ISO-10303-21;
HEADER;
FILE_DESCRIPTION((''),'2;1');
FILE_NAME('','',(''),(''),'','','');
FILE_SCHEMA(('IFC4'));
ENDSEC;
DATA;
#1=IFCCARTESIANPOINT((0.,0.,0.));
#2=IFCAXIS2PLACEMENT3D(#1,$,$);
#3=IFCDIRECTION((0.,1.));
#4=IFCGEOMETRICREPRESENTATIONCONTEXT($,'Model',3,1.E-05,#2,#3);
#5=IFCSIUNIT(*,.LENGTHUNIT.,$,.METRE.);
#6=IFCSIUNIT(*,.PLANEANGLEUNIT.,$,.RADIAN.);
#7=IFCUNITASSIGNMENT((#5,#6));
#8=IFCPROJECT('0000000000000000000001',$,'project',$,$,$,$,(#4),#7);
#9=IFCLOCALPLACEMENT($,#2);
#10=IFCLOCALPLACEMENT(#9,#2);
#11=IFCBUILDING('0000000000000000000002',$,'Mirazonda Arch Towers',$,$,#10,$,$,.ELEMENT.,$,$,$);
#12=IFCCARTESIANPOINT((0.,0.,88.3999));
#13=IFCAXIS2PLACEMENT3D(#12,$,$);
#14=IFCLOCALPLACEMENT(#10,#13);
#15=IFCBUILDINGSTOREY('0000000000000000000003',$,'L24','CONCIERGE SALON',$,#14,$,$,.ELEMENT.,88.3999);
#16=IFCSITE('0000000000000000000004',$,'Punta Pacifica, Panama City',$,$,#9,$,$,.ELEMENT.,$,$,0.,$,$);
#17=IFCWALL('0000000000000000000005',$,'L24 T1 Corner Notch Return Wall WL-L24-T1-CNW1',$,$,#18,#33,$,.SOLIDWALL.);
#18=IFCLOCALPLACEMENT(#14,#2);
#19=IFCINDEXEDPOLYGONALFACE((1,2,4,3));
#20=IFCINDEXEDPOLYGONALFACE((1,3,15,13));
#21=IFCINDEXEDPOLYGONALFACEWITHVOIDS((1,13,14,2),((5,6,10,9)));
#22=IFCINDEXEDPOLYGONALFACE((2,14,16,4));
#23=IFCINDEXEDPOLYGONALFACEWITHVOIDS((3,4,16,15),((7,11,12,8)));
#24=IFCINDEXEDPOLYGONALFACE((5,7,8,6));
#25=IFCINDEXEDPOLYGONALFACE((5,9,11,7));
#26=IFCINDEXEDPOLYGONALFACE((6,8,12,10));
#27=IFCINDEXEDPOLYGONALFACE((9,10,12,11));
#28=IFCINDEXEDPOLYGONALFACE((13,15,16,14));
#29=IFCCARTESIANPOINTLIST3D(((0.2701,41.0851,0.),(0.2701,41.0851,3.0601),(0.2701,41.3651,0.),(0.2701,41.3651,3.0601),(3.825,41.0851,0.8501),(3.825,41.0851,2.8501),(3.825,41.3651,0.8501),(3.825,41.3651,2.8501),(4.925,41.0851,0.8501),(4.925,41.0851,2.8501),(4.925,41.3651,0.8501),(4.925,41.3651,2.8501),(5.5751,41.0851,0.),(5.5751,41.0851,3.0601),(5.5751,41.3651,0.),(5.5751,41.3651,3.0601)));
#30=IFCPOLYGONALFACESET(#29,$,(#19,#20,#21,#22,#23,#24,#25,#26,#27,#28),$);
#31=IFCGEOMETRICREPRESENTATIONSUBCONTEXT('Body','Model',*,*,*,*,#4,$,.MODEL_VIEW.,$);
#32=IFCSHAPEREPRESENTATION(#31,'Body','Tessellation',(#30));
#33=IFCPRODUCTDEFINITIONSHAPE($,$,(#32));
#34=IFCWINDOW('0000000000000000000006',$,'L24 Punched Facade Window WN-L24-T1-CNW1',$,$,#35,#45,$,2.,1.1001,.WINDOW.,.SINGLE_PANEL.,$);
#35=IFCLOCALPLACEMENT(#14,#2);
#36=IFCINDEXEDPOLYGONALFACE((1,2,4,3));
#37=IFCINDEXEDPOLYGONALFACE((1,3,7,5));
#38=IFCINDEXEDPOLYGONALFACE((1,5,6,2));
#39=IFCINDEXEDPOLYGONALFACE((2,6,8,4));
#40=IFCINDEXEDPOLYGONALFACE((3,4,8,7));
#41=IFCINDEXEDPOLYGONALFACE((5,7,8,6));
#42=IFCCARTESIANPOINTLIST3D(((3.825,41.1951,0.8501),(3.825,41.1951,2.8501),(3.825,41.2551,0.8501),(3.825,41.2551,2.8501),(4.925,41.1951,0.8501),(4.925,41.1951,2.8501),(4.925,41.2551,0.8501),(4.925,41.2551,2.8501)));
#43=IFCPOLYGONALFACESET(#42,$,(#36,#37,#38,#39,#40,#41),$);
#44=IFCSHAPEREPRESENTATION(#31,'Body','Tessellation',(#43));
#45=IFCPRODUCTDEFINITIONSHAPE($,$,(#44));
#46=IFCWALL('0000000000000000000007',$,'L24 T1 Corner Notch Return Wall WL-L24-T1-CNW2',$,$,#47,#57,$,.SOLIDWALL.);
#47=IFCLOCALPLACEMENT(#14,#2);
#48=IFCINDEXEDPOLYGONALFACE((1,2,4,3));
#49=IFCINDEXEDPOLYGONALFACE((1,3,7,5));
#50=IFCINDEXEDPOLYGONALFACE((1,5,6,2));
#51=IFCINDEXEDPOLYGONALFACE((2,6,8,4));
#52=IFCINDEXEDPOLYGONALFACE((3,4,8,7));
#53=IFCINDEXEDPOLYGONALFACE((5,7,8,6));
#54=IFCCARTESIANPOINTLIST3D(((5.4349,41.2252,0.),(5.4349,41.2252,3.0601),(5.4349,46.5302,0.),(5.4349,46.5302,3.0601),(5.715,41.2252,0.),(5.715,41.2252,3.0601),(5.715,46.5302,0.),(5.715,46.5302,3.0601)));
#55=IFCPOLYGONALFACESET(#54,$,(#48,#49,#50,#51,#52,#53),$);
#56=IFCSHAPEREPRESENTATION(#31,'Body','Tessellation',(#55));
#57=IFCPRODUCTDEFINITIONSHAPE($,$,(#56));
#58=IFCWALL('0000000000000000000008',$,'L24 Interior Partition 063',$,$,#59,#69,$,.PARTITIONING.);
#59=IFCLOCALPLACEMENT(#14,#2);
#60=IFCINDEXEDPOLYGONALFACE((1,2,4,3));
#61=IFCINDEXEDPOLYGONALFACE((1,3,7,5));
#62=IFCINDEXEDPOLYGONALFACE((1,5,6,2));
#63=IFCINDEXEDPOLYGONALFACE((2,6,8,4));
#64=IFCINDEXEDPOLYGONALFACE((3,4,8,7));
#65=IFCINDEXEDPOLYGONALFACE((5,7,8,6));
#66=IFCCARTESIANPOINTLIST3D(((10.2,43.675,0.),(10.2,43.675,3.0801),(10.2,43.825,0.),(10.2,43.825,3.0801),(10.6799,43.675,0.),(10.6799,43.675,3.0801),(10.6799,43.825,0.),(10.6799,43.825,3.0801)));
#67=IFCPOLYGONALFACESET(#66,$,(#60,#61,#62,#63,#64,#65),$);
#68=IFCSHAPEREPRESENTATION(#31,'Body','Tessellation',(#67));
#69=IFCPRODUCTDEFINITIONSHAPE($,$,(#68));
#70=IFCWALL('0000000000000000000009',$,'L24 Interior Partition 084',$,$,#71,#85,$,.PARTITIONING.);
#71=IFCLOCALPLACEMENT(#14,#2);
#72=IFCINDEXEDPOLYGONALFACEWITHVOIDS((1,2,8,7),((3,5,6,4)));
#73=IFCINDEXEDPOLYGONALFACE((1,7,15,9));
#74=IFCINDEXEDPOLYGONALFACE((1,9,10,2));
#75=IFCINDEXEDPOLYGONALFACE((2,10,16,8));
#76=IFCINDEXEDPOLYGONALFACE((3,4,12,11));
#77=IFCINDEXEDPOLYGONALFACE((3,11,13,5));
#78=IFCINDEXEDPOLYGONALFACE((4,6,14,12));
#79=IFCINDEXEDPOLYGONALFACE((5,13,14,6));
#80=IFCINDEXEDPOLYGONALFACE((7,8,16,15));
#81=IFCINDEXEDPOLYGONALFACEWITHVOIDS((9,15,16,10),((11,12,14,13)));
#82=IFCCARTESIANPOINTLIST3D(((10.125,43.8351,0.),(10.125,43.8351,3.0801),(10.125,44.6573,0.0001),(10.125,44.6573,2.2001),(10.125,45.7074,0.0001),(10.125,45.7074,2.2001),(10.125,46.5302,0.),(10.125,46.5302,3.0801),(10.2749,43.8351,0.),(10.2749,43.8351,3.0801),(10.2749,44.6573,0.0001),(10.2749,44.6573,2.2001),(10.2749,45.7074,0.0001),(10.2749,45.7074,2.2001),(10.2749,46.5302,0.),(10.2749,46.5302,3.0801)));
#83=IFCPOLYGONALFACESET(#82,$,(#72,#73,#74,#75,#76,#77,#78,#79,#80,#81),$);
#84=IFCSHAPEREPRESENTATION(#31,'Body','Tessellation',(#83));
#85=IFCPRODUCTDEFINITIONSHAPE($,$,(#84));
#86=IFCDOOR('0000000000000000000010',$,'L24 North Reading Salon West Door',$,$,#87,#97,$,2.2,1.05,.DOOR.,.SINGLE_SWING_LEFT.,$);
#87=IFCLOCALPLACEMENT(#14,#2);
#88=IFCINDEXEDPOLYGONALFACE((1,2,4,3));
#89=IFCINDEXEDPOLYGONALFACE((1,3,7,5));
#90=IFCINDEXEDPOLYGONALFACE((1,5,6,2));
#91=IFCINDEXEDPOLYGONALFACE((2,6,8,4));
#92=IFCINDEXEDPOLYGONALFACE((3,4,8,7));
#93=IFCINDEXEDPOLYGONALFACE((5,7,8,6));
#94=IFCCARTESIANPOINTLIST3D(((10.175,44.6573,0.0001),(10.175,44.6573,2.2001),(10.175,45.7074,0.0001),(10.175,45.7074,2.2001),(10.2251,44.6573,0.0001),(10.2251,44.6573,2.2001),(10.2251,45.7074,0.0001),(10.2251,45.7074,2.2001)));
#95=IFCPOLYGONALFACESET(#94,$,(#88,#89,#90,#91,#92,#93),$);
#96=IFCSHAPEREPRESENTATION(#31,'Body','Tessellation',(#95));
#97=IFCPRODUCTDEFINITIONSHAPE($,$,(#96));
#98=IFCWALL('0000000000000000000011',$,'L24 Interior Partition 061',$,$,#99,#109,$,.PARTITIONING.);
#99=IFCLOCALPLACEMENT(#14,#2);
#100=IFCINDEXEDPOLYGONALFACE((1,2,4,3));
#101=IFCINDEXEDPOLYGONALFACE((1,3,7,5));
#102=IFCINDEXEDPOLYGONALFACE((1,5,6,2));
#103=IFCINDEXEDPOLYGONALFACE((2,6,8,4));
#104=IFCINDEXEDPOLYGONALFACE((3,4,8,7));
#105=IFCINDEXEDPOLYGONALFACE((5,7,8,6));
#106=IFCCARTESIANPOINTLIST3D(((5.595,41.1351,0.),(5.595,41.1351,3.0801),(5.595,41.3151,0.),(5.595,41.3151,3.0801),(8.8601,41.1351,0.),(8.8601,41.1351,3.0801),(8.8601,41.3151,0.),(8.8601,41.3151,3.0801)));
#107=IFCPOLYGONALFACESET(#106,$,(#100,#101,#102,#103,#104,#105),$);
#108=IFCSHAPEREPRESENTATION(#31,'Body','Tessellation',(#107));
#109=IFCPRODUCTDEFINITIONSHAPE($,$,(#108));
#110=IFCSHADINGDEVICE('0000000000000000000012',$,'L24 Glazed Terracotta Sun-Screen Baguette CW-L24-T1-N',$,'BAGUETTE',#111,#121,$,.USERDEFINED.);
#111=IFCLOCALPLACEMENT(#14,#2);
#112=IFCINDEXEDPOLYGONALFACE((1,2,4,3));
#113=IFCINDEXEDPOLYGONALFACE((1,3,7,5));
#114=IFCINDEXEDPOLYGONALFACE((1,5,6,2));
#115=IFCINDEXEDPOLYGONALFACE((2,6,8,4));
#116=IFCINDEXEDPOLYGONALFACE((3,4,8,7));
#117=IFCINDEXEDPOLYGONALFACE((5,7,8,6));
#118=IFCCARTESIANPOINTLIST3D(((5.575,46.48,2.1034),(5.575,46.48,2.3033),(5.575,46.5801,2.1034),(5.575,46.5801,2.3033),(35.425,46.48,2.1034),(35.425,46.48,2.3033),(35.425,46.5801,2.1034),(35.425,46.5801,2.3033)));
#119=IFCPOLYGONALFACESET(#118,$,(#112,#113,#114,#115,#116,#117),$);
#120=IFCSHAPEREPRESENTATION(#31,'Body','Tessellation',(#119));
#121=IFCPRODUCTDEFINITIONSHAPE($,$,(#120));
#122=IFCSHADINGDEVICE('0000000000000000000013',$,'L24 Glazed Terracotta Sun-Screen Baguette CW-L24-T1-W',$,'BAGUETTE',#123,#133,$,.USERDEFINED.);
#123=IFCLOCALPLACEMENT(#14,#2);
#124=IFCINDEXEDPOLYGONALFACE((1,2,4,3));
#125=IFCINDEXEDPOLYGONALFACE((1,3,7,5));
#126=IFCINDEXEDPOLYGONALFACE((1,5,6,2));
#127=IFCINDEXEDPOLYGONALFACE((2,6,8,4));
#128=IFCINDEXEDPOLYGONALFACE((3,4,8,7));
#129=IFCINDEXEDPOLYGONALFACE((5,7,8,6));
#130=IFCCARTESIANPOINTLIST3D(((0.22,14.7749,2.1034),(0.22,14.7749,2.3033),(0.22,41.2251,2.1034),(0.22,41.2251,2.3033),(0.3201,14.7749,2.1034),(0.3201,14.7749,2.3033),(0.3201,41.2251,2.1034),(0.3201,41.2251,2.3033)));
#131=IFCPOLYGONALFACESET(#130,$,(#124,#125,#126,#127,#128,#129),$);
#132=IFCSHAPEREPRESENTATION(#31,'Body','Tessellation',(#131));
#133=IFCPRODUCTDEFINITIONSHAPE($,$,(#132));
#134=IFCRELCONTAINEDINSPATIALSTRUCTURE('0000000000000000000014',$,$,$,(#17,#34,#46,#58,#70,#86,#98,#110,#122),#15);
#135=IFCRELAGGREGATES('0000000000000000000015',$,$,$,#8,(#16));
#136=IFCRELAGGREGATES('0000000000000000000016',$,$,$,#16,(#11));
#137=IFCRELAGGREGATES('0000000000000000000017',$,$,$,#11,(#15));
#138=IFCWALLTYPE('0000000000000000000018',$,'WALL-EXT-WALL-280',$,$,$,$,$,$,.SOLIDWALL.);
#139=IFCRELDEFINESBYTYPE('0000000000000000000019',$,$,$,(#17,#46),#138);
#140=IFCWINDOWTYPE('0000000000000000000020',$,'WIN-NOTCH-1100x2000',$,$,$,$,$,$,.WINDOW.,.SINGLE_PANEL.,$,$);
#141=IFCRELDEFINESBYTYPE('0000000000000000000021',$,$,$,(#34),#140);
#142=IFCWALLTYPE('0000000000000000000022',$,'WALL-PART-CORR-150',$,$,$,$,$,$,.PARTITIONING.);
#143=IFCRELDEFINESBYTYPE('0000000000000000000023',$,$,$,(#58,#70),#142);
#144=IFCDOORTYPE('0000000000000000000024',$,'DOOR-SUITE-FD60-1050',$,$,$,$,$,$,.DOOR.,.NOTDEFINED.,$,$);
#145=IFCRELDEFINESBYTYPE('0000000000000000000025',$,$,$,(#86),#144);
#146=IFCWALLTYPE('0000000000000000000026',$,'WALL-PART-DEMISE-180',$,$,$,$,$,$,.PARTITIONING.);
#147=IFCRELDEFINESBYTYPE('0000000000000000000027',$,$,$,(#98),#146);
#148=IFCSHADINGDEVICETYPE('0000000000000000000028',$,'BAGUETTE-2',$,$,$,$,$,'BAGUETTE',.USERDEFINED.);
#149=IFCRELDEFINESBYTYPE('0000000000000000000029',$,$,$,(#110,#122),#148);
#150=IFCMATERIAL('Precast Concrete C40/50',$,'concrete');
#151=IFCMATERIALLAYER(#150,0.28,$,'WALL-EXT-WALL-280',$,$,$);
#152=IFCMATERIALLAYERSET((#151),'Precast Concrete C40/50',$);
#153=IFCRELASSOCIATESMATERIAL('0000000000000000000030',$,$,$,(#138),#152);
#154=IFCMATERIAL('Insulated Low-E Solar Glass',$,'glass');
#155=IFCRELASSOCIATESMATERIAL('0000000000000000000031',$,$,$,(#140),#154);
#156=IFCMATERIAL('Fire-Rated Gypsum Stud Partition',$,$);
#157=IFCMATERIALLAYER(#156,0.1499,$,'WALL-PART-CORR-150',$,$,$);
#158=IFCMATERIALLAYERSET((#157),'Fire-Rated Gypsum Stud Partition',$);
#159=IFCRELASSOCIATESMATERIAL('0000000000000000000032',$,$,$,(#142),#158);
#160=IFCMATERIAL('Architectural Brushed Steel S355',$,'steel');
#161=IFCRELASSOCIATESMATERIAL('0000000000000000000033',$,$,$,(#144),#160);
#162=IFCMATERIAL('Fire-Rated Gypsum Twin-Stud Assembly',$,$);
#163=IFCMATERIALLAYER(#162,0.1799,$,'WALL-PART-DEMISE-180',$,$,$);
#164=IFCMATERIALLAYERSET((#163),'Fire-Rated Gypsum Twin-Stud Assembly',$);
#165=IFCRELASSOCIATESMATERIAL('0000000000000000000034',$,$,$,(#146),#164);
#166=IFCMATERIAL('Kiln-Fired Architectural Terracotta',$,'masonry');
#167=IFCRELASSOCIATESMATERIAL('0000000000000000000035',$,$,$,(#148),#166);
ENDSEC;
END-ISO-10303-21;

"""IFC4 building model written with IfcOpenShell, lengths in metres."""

from ifc_helpers import new_model, si_unit, direction, frame, frame_2d, origin, origin_2d, place, context, subcontext, project, spatial, rectangle, extrude, material, layer, layer_set, material_profile, profile_set, type_object, element, fill, save


model = new_model("IFC4")

# Units and contexts
model_context = context("Model", 3, precision=1e-05, world=origin(), true_north=direction((0.0, 1.0)))
body_context = subcontext(model_context, "Body", "Model", "MODEL_VIEW")
ifc_project = project(units=[si_unit("LENGTHUNIT", "METRE"), si_unit("PLANEANGLEUNIT", "RADIAN")], contexts=[model_context])

# Site, building, storey
site_placement = place(None, origin())
site = spatial("IfcSite", under=ifc_project, at=site_placement, Name="Punta Pacifica, Panama City", CompositionType="ELEMENT", RefElevation=0.0)
building_placement = place(site_placement, origin())
building = spatial("IfcBuilding", under=site, at=building_placement, Name="Mirazonda Arch Towers", CompositionType="ELEMENT")
storey_placement = place(building_placement, frame((0.0, 0.0, 88.3999)))
storey = spatial("IfcBuildingStorey", under=building, at=storey_placement, Name="L24", Description="CONCIERGE SALON", CompositionType="ELEMENT", Elevation=88.3999)

# Shared definitions
ifc_material_1 = material(Name="Insulated Low-E Solar Glass", Category="glass")

# Wall, opening, window
ifc_material_2 = material(Name="Precast Concrete C40/50", Category="concrete")
ifc_layer_1 = layer(ifc_material_2, 0.28, Name="WALL-EXT-WALL-280")
ifc_layer_set_1 = layer_set([ifc_layer_1], Name="Precast Concrete C40/50")
wall_type_1 = type_object("IfcWallType", Name="WALL-EXT-WALL-280", PredefinedType="SOLIDWALL", material=ifc_layer_set_1)
wall_1_placement = place(storey_placement, frame((5.575, 41.2251, 0.0), z_axis=(0.0, 0.0, 1.0), x_axis=(-1.0, 0.0, 0.0)))
wall_1 = element("IfcWall", 1, at=wall_1_placement, inside=storey, type_object=wall_type_1, Name="L24 T1 Corner Notch Return Wall WL-L24-T1-CNW1", PredefinedType="SOLIDWALL", context=body_context, shape_type="SweptSolid", body=[
    extrude(rectangle(XDim=5.3049, YDim=0.28, at=frame_2d((2.6523, 0.0))), origin(), (0.0, 0.0, 1.0), 3.0601),
])
opening_1_placement = place(wall_1_placement, frame((0.6499, 0.0, 0.8501)))
opening_1 = element("IfcOpeningElement", 2, at=opening_1_placement, cuts=wall_1, PredefinedType="OPENING", context=body_context, shape_type="SweptSolid", body=[
    extrude(rectangle(XDim=1.1001, YDim=2.0, at=frame_2d((0.55, 1.0))), frame((0.0, 0.1499, 0.0), z_axis=(0.0, -1.0, 0.0), x_axis=(1.0, 0.0, 0.0)), (0.0, 0.0, 1.0), 0.3),
])
window_type = type_object("IfcWindowType", Name="WIN-NOTCH-1100x2000", PartitioningType="SINGLE_PANEL", PredefinedType="WINDOW", material=ifc_material_1)
window_placement = place(opening_1_placement, origin())
window = element("IfcWindow", 3, at=window_placement, inside=storey, type_object=window_type, Name="L24 Punched Facade Window WN-L24-T1-CNW1", OverallHeight=2.0, OverallWidth=1.1001, PartitioningType="SINGLE_PANEL", PredefinedType="WINDOW", context=body_context, shape_type="SweptSolid", body=[
    extrude(rectangle(XDim=1.1001, YDim=2.0, at=frame_2d((0.55, 1.0))), frame((0.0, 0.03, 0.0), z_axis=(0.0, -1.0, 0.0), x_axis=(1.0, 0.0, 0.0)), (0.0, 0.0, 1.0), 0.0601),
])
fill(opening_1, window)

# Walls
wall_2_placement = place(storey_placement, frame((5.575, 46.53, 0.0), z_axis=(0.0, 0.0, 1.0), x_axis=(0.0, -1.0, 0.0)))
element("IfcWall", 4, at=wall_2_placement, inside=storey, type_object=wall_type_1, Name="L24 T1 Corner Notch Return Wall WL-L24-T1-CNW2", PredefinedType="SOLIDWALL", context=body_context, shape_type="SweptSolid", body=[
    extrude(rectangle(XDim=5.3049, YDim=0.28, at=frame_2d((2.6523, 0.0))), origin(), (0.0, 0.0, 1.0), 3.0601),
])
ifc_material_3 = material(Name="Fire-Rated Gypsum Stud Partition")
ifc_layer_2 = layer(ifc_material_3, 0.1499, Name="WALL-PART-CORR-150")
ifc_layer_set_2 = layer_set([ifc_layer_2], Name="Fire-Rated Gypsum Stud Partition")
wall_type_2 = type_object("IfcWallType", Name="WALL-PART-CORR-150", PredefinedType="PARTITIONING", material=ifc_layer_set_2)
wall_3_placement = place(storey_placement, frame((10.2, 43.75, 0.0), z_axis=(0.0, 0.0, 1.0), x_axis=(1.0, 0.0, 0.0)))
element("IfcWall", 5, at=wall_3_placement, inside=storey, type_object=wall_type_2, Name="L24 Interior Partition 063", PredefinedType="PARTITIONING", context=body_context, shape_type="SweptSolid", body=[
    extrude(rectangle(XDim=0.48, YDim=0.1499, at=frame_2d((0.24, 0.0))), origin(), (0.0, 0.0, 1.0), 3.0801),
])

# Wall, opening, door
wall_4_placement = place(storey_placement, frame((10.2, 43.835, 0.0), z_axis=(0.0, 0.0, 1.0), x_axis=(0.0, 1.0, 0.0)))
wall_4 = element("IfcWall", 6, at=wall_4_placement, inside=storey, type_object=wall_type_2, Name="L24 Interior Partition 084", PredefinedType="PARTITIONING", context=body_context, shape_type="SweptSolid", body=[
    extrude(rectangle(XDim=2.6951, YDim=0.1499, at=frame_2d((1.3477, 0.0))), origin(), (0.0, 0.0, 1.0), 3.0801),
])
opening_2_placement = place(wall_4_placement, frame((0.8225, 0.0, 0.0)))
opening_2 = element("IfcOpeningElement", 7, at=opening_2_placement, cuts=wall_4, PredefinedType="OPENING", context=body_context, shape_type="SweptSolid", body=[
    extrude(rectangle(XDim=1.05, YDim=2.2, at=frame_2d((0.5249, 1.1001))), frame((0.0, 0.085, 0.0), z_axis=(0.0, -1.0, 0.0), x_axis=(1.0, 0.0, 0.0)), (0.0, 0.0, 1.0), 0.1699),
])
ifc_material_4 = material(Name="Architectural Brushed Steel S355", Category="steel")
door_type_1 = type_object("IfcDoorType", Name="DOOR-SUITE-FD60-1050", OperationType="NOTDEFINED", PredefinedType="DOOR", material=ifc_material_4)
door_1_placement = place(opening_2_placement, origin())
door_1 = element("IfcDoor", 8, at=door_1_placement, inside=storey, type_object=door_type_1, Name="L24 North Reading Salon West Door", OperationType="SINGLE_SWING_LEFT", OverallHeight=2.2, OverallWidth=1.05, PredefinedType="DOOR", context=body_context, shape_type="SweptSolid", body=[
    extrude(rectangle(XDim=1.05, YDim=2.2, at=frame_2d((0.5249, 1.1001))), frame((0.0, 0.0249, 0.0), z_axis=(0.0, -1.0, 0.0), x_axis=(1.0, 0.0, 0.0)), (0.0, 0.0, 1.0), 0.05),
])
fill(opening_2, door_1)

# Wall
ifc_material_5 = material(Name="Fire-Rated Gypsum Twin-Stud Assembly")
ifc_layer_3 = layer(ifc_material_5, 0.1799, Name="WALL-PART-DEMISE-180")
ifc_layer_set_3 = layer_set([ifc_layer_3], Name="Fire-Rated Gypsum Twin-Stud Assembly")
wall_type_3 = type_object("IfcWallType", Name="WALL-PART-DEMISE-180", PredefinedType="PARTITIONING", material=ifc_layer_set_3)
wall_5_placement = place(storey_placement, frame((5.595, 41.2251, 0.0), z_axis=(0.0, 0.0, 1.0), x_axis=(1.0, 0.0, 0.0)))
element("IfcWall", 9, at=wall_5_placement, inside=storey, type_object=wall_type_3, Name="L24 Interior Partition 061", PredefinedType="PARTITIONING", context=body_context, shape_type="SweptSolid", body=[
    extrude(rectangle(XDim=3.2651, YDim=0.1799, at=frame_2d((1.6326, 0.0))), origin(), (0.0, 0.0, 1.0), 3.0801),
])

# Shading devices
ifc_material_6 = material(Name="Kiln-Fired Architectural Terracotta", Category="masonry")
ifc_material_profile_1 = material_profile(ifc_material_6, rectangle(XDim=0.1001, YDim=0.2, at=origin_2d()), Name="TERRA-BAG-100x200")
ifc_profile_set_1 = profile_set([ifc_material_profile_1], Name="Kiln-Fired Architectural Terracotta")
shading_device_type = type_object("IfcShadingDeviceType", Name="BAGUETTE-2", ElementType="BAGUETTE", PredefinedType="USERDEFINED", material=ifc_profile_set_1)
shading_device_1_placement = place(storey_placement, frame((5.575, 46.53, 2.2034), z_axis=(1.0, 0.0, 0.0), x_axis=(0.0, 1.0, 0.0)))
element("IfcShadingDevice", 10, at=shading_device_1_placement, inside=storey, type_object=shading_device_type, Name="L24 Glazed Terracotta Sun-Screen Baguette CW-L24-T1-N", ObjectType="BAGUETTE", PredefinedType="USERDEFINED", context=body_context, shape_type="SweptSolid", body=[
    extrude(rectangle(XDim=0.1001, YDim=0.2, at=origin_2d()), origin(), (0.0, 0.0, 1.0), 29.8501),
])
shading_device_2_placement = place(storey_placement, frame((0.27, 41.2251, 2.2034), z_axis=(0.0, -1.0, 0.0), x_axis=(1.0, 0.0, 0.0)))
element("IfcShadingDevice", 11, at=shading_device_2_placement, inside=storey, type_object=shading_device_type, Name="L24 Glazed Terracotta Sun-Screen Baguette CW-L24-T1-W", ObjectType="BAGUETTE", PredefinedType="USERDEFINED", context=body_context, shape_type="SweptSolid", body=[
    extrude(rectangle(XDim=0.1001, YDim=0.2, at=origin_2d()), origin(), (0.0, 0.0, 1.0), 26.4502),
])

save(model, "model.ifc")
